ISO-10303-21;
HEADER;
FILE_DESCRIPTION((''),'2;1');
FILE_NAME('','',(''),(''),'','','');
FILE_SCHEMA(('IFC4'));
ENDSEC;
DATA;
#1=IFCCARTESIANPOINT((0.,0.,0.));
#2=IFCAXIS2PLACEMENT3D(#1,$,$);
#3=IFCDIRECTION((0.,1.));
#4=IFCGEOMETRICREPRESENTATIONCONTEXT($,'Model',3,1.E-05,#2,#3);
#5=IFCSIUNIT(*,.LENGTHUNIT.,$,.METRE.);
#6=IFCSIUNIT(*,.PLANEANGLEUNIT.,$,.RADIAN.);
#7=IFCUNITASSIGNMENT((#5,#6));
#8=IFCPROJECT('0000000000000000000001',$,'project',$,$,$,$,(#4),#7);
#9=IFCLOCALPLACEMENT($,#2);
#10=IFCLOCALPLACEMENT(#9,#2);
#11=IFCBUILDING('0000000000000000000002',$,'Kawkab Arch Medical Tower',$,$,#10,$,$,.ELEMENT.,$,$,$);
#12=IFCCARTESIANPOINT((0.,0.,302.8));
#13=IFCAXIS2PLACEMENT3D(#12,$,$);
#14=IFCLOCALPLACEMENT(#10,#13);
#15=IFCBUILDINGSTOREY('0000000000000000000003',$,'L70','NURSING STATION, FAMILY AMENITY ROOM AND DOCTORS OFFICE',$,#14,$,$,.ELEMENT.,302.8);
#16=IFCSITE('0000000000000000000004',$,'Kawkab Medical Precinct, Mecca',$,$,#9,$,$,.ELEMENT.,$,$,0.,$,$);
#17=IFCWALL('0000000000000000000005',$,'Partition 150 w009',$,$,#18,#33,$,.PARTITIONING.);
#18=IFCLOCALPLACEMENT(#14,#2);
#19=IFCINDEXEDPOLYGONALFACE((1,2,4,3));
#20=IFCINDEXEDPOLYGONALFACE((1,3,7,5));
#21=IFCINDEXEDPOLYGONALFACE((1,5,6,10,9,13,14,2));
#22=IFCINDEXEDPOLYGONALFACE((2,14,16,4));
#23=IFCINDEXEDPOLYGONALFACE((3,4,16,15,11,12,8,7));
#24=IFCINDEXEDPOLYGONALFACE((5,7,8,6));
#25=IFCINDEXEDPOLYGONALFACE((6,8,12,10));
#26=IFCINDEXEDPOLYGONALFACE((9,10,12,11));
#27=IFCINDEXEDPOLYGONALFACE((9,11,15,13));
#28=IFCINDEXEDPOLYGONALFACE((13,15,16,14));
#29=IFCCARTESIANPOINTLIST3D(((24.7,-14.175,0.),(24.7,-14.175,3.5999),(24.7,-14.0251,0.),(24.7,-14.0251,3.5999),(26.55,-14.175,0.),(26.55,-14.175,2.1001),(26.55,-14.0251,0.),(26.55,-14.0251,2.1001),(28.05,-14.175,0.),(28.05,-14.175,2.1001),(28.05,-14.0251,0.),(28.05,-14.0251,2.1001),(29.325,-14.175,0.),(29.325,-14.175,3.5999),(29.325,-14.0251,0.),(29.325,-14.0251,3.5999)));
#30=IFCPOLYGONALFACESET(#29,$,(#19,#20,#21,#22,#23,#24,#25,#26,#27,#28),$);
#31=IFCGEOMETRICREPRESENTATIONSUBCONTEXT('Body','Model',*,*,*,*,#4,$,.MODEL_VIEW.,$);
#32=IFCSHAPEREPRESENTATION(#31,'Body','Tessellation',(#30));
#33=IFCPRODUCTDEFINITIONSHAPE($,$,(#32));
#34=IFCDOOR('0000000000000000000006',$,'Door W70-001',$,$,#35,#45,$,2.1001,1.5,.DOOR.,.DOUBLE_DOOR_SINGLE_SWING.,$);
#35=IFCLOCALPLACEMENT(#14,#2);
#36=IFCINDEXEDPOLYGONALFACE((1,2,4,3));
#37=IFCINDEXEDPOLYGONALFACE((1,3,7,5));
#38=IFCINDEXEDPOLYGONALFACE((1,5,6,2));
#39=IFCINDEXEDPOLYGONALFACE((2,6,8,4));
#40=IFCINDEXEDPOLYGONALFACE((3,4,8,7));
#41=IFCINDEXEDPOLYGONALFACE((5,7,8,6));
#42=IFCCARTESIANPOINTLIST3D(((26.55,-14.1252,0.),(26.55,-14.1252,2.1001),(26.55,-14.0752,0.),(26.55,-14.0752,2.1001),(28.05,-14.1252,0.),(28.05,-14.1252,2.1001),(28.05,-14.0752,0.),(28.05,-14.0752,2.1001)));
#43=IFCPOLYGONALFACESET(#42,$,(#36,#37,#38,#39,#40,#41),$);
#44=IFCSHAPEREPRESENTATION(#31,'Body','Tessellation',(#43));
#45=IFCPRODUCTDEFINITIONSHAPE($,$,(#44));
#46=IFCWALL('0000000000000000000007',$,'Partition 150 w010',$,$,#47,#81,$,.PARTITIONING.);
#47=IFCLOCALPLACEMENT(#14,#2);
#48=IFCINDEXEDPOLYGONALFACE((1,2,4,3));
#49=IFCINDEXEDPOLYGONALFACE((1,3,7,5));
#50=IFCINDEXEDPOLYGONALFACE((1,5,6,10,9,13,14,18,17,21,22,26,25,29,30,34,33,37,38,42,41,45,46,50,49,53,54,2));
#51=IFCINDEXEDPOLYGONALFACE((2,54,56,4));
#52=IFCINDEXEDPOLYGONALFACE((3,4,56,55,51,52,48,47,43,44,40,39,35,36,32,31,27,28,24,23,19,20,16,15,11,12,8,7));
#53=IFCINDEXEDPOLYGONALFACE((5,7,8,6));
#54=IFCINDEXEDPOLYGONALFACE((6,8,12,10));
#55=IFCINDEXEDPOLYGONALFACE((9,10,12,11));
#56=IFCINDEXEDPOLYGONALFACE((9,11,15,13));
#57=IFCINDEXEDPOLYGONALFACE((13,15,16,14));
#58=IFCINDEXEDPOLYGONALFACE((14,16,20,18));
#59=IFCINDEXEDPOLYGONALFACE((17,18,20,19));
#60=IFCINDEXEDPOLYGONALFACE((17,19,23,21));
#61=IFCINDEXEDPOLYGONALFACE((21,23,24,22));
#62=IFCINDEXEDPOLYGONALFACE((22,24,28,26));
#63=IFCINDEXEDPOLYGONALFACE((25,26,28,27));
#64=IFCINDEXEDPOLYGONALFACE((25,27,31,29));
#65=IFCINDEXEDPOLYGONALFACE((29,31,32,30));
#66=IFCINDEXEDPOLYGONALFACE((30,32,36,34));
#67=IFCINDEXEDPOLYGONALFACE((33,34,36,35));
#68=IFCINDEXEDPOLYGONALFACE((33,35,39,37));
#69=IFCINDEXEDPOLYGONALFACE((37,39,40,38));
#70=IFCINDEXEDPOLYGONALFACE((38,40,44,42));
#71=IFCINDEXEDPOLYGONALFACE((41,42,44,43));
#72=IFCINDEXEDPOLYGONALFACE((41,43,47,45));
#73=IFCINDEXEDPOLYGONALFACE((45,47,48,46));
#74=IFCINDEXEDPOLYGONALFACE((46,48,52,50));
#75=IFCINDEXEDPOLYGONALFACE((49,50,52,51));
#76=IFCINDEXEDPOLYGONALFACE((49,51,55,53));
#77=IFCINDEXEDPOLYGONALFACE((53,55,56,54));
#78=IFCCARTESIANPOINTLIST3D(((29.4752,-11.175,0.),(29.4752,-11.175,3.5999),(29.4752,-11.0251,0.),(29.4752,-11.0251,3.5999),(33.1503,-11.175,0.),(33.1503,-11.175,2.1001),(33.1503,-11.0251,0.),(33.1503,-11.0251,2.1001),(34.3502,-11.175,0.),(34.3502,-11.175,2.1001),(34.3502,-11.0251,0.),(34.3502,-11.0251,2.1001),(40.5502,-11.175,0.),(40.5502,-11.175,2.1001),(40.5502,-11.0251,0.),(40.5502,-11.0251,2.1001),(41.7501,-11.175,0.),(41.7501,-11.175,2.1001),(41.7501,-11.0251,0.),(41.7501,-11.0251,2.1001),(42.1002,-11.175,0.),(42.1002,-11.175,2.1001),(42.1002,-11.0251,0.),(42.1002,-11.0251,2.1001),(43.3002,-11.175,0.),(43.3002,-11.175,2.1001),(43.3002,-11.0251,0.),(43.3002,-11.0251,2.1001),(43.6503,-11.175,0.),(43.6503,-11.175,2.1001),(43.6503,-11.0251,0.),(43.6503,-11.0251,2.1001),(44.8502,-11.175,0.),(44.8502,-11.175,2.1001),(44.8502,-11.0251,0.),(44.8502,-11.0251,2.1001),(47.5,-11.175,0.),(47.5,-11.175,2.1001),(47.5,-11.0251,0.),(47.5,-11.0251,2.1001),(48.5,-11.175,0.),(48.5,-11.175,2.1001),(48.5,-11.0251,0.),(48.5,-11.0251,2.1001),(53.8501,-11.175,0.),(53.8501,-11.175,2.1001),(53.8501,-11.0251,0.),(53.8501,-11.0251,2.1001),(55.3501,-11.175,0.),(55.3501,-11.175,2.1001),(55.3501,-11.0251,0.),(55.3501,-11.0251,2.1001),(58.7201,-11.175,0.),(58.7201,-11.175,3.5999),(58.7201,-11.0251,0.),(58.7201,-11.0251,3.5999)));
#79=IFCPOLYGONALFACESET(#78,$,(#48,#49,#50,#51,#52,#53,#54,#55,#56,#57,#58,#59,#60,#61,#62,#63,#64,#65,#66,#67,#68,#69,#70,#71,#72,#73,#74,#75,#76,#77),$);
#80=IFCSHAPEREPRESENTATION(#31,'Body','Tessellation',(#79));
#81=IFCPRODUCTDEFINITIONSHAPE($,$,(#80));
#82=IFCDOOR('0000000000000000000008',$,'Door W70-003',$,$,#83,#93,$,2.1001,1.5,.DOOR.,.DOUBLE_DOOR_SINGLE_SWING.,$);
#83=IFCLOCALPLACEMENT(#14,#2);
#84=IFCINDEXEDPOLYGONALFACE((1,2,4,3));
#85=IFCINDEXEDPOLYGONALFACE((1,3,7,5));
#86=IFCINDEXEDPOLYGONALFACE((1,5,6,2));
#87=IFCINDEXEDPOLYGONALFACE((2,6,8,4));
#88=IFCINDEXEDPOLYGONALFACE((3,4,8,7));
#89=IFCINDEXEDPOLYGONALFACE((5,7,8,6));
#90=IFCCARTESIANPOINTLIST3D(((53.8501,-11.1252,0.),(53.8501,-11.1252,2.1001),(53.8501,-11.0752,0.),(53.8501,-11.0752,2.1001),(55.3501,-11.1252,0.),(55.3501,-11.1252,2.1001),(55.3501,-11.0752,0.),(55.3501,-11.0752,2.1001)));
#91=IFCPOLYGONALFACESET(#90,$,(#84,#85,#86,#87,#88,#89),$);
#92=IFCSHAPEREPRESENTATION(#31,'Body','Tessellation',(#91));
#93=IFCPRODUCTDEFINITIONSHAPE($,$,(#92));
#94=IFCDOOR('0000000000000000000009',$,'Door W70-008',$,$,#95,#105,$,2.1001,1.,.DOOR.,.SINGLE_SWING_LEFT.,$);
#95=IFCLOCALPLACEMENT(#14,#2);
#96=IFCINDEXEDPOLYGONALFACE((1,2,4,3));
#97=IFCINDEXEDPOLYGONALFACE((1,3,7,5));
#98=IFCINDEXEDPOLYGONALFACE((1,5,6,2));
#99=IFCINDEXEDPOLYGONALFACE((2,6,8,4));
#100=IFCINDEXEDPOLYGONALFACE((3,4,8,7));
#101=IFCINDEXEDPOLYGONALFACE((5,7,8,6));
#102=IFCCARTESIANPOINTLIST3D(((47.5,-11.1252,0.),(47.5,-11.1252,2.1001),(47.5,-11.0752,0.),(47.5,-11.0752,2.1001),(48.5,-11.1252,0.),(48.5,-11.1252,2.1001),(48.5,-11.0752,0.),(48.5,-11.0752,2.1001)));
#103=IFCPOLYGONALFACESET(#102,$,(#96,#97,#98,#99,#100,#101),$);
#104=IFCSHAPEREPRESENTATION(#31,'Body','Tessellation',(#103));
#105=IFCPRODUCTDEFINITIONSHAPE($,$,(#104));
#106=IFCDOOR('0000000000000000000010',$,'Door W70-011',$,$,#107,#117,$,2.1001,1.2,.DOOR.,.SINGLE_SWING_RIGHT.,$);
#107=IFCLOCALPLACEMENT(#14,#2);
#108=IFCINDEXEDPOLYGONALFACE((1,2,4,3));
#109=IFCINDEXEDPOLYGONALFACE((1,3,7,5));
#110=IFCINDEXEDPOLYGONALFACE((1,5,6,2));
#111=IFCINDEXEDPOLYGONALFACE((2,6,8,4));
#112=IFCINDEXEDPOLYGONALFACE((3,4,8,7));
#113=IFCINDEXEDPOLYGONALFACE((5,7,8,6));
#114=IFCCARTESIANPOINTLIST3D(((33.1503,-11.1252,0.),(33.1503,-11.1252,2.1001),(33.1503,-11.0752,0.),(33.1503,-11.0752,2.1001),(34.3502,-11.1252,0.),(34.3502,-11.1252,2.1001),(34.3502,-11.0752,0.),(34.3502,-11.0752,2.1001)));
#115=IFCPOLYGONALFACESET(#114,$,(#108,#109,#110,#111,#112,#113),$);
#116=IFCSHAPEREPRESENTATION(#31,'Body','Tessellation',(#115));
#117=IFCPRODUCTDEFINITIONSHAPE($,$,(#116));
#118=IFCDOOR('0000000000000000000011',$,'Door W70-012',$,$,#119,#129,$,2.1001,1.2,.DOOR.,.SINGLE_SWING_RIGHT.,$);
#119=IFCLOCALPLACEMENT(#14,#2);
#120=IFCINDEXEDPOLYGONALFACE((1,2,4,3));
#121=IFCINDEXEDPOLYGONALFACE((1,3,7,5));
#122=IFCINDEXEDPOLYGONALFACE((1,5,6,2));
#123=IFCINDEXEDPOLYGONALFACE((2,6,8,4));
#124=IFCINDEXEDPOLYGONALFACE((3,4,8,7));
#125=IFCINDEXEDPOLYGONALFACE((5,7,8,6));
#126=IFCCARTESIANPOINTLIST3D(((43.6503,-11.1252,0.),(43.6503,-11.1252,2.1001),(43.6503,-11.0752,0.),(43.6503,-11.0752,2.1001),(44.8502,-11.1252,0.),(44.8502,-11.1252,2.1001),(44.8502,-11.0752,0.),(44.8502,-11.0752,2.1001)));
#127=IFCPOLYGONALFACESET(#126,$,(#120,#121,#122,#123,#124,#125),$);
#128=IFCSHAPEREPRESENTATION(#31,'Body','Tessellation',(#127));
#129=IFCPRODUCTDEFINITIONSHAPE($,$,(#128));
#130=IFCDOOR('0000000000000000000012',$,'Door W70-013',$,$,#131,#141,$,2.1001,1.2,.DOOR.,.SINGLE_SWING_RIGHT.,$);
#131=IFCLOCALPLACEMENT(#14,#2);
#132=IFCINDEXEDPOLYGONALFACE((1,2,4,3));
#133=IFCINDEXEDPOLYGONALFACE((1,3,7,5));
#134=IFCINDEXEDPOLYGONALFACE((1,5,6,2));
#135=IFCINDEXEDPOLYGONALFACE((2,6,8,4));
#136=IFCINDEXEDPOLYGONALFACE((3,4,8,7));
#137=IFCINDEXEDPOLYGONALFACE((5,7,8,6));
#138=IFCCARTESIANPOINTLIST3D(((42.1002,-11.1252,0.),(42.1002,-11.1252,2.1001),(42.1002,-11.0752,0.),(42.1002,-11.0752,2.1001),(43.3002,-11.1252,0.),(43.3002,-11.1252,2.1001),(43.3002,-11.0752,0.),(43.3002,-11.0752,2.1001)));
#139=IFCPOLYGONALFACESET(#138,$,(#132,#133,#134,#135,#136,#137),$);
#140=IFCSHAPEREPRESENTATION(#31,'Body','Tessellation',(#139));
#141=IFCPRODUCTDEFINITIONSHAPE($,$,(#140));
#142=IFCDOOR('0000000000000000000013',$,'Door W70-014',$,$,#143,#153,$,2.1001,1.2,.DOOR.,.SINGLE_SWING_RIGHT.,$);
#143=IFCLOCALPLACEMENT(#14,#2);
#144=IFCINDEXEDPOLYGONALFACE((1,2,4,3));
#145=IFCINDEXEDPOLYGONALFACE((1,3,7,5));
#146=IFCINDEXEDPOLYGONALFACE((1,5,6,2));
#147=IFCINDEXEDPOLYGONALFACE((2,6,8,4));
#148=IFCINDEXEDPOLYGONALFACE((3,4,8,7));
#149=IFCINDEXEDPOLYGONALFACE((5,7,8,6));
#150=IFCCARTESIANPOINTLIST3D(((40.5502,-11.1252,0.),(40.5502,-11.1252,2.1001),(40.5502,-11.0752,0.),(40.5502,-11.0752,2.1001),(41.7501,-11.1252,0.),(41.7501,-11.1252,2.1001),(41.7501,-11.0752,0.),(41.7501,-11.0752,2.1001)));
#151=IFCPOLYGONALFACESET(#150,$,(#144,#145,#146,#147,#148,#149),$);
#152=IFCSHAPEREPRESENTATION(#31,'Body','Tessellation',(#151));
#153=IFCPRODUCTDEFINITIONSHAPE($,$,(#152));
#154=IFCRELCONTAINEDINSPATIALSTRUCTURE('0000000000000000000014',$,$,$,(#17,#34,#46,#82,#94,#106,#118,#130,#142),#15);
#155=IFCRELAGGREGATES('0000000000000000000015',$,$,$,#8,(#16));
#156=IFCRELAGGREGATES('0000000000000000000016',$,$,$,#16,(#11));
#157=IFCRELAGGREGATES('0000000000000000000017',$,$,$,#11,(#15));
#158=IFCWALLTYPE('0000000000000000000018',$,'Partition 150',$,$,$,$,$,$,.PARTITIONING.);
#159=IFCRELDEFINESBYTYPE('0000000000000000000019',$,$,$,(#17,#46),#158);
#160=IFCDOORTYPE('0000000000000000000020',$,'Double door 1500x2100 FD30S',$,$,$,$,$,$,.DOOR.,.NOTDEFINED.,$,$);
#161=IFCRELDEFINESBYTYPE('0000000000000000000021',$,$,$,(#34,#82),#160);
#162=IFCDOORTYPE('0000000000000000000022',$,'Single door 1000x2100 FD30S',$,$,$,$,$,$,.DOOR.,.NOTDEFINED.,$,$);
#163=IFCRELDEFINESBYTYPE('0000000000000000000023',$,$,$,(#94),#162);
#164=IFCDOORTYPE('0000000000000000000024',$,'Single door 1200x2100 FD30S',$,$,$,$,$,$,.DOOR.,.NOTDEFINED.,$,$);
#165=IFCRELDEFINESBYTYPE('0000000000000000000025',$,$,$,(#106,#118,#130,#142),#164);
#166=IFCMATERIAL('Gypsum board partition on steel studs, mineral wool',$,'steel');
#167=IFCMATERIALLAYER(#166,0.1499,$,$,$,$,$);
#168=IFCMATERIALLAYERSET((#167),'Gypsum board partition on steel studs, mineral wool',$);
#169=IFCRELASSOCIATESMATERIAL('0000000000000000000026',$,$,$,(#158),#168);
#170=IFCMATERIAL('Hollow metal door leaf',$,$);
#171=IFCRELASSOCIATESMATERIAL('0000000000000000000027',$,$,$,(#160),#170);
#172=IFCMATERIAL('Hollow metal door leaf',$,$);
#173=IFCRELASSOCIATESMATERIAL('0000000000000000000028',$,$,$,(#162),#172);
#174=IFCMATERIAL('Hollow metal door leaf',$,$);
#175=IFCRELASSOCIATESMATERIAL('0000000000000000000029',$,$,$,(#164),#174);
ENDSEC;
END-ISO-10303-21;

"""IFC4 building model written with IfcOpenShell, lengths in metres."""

from ifc_helpers import new_model, si_unit, direction, frame, frame_2d, origin, place, context, subcontext, project, spatial, rectangle, extrude, material, layer, layer_set, type_object, element, fill, save


model = new_model("IFC4")

# Units and contexts
model_context = context("Model", 3, precision=1e-05, world=origin(), true_north=direction((0.0, 1.0)))
body_context = subcontext(model_context, "Body", "Model", "MODEL_VIEW")
ifc_project = project(units=[si_unit("LENGTHUNIT", "METRE"), si_unit("PLANEANGLEUNIT", "RADIAN")], contexts=[model_context])

# Site, building, storey
site_placement = place(None, origin())
site = spatial("IfcSite", under=ifc_project, at=site_placement, Name="Kawkab Medical Precinct, Mecca", CompositionType="ELEMENT", RefElevation=0.0)
building_placement = place(site_placement, origin())
building = spatial("IfcBuilding", under=site, at=building_placement, Name="Kawkab Arch Medical Tower", CompositionType="ELEMENT")
storey_placement = place(building_placement, frame((0.0, 0.0, 302.8)))
storey = spatial("IfcBuildingStorey", under=building, at=storey_placement, Name="L70", Description="NURSING STATION, FAMILY AMENITY ROOM AND DOCTORS OFFICE", CompositionType="ELEMENT", Elevation=302.8)

# Wall, opening, door
ifc_material_1 = material(Name="Gypsum board partition on steel studs, mineral wool", Category="steel")
ifc_layer_1 = layer(ifc_material_1, 0.1499)
ifc_layer_set_1 = layer_set([ifc_layer_1], Name="Gypsum board partition on steel studs, mineral wool")
wall_type_1 = type_object("IfcWallType", Name="Partition 150", PredefinedType="PARTITIONING", material=ifc_layer_set_1)
wall_1_placement = place(storey_placement, frame((24.7, -14.1001, 0.0), z_axis=(0.0, 0.0, 1.0), x_axis=(1.0, 0.0, 0.0)))
wall_1 = element("IfcWall", 1, at=wall_1_placement, inside=storey, type_object=wall_type_1, Name="Partition 150 w009", PredefinedType="PARTITIONING", context=body_context, shape_type="SweptSolid", body=[
    extrude(rectangle(XDim=4.625, YDim=0.1499, at=frame_2d((2.3125, 0.0))), origin(), (0.0, 0.0, 1.0), 3.5999),
])
opening_1_placement = place(wall_1_placement, frame((1.8501, 0.0, 0.0)))
opening_1 = element("IfcOpeningElement", 2, at=opening_1_placement, cuts=wall_1, PredefinedType="OPENING", context=body_context, shape_type="SweptSolid", body=[
    extrude(rectangle(XDim=1.5, YDim=2.1001, at=frame_2d((0.75, 1.05))), frame((0.0, 0.085, 0.0), z_axis=(0.0, -1.0, 0.0), x_axis=(1.0, 0.0, 0.0)), (0.0, 0.0, 1.0), 0.1699),
])
ifc_material_2 = material(Name="Hollow metal door leaf")
door_type_1 = type_object("IfcDoorType", Name="Double door 1500x2100 FD30S", OperationType="NOTDEFINED", PredefinedType="DOOR", material=ifc_material_2)
door_1_placement = place(opening_1_placement, origin())
door_1 = element("IfcDoor", 3, at=door_1_placement, inside=storey, type_object=door_type_1, Name="Door W70-001", OperationType="DOUBLE_DOOR_SINGLE_SWING", OverallHeight=2.1001, OverallWidth=1.5, PredefinedType="DOOR", context=body_context, shape_type="SweptSolid", body=[
    extrude(rectangle(XDim=1.5, YDim=2.1001, at=frame_2d((0.75, 1.05))), frame((0.0, 0.0249, 0.0), z_axis=(0.0, -1.0, 0.0), x_axis=(1.0, 0.0, 0.0)), (0.0, 0.0, 1.0), 0.05),
])
fill(opening_1, door_1)

# Wall, openings, doors
wall_2_placement = place(storey_placement, frame((29.4751, -11.1001, 0.0), z_axis=(0.0, 0.0, 1.0), x_axis=(1.0, 0.0, 0.0)))
wall_2 = element("IfcWall", 4, at=wall_2_placement, inside=storey, type_object=wall_type_1, Name="Partition 150 w010", PredefinedType="PARTITIONING", context=body_context, shape_type="SweptSolid", body=[
    extrude(rectangle(XDim=29.2449, YDim=0.1499, at=frame_2d((14.6226, 0.0))), origin(), (0.0, 0.0, 1.0), 3.5999),
])
opening_2_placement = place(wall_2_placement, frame((3.675, 0.0, 0.0)))
opening_2 = element("IfcOpeningElement", 5, at=opening_2_placement, cuts=wall_2, PredefinedType="OPENING", context=body_context, shape_type="SweptSolid", body=[
    extrude(rectangle(XDim=1.2, YDim=2.1001, at=frame_2d((0.6001, 1.05))), frame((0.0, 0.085, 0.0), z_axis=(0.0, -1.0, 0.0), x_axis=(1.0, 0.0, 0.0)), (0.0, 0.0, 1.0), 0.1699),
])
opening_3_placement = place(wall_2_placement, frame((14.175, 0.0, 0.0)))
opening_3 = element("IfcOpeningElement", 6, at=opening_3_placement, cuts=wall_2, PredefinedType="OPENING", context=body_context, shape_type="SweptSolid", body=[
    extrude(rectangle(XDim=1.2, YDim=2.1001, at=frame_2d((0.6001, 1.05))), frame((0.0, 0.085, 0.0), z_axis=(0.0, -1.0, 0.0), x_axis=(1.0, 0.0, 0.0)), (0.0, 0.0, 1.0), 0.1699),
])
opening_4_placement = place(wall_2_placement, frame((12.625, 0.0, 0.0)))
opening_4 = element("IfcOpeningElement", 7, at=opening_4_placement, cuts=wall_2, PredefinedType="OPENING", context=body_context, shape_type="SweptSolid", body=[
    extrude(rectangle(XDim=1.2, YDim=2.1001, at=frame_2d((0.6001, 1.05))), frame((0.0, 0.085, 0.0), z_axis=(0.0, -1.0, 0.0), x_axis=(1.0, 0.0, 0.0)), (0.0, 0.0, 1.0), 0.1699),
])
opening_5_placement = place(wall_2_placement, frame((11.075, 0.0, 0.0)))
opening_5 = element("IfcOpeningElement", 8, at=opening_5_placement, cuts=wall_2, PredefinedType="OPENING", context=body_context, shape_type="SweptSolid", body=[
    extrude(rectangle(XDim=1.2, YDim=2.1001, at=frame_2d((0.6001, 1.05))), frame((0.0, 0.085, 0.0), z_axis=(0.0, -1.0, 0.0), x_axis=(1.0, 0.0, 0.0)), (0.0, 0.0, 1.0), 0.1699),
])
opening_6_placement = place(wall_2_placement, frame((18.0249, 0.0, 0.0)))
opening_6 = element("IfcOpeningElement", 9, at=opening_6_placement, cuts=wall_2, PredefinedType="OPENING", context=body_context, shape_type="SweptSolid", body=[
    extrude(rectangle(XDim=1.0, YDim=2.1001, at=frame_2d((0.5, 1.05))), frame((0.0, 0.085, 0.0), z_axis=(0.0, -1.0, 0.0), x_axis=(1.0, 0.0, 0.0)), (0.0, 0.0, 1.0), 0.1699),
])
opening_7_placement = place(wall_2_placement, frame((24.375, 0.0, 0.0)))
opening_7 = element("IfcOpeningElement", 10, at=opening_7_placement, cuts=wall_2, PredefinedType="OPENING", context=body_context, shape_type="SweptSolid", body=[
    extrude(rectangle(XDim=1.5, YDim=2.1001, at=frame_2d((0.75, 1.05))), frame((0.0, 0.085, 0.0), z_axis=(0.0, -1.0, 0.0), x_axis=(1.0, 0.0, 0.0)), (0.0, 0.0, 1.0), 0.1699),
])
door_2_placement = place(opening_7_placement, origin())
door_2 = element("IfcDoor", 11, at=door_2_placement, inside=storey, type_object=door_type_1, Name="Door W70-003", OperationType="DOUBLE_DOOR_SINGLE_SWING", OverallHeight=2.1001, OverallWidth=1.5, PredefinedType="DOOR", context=body_context, shape_type="SweptSolid", body=[
    extrude(rectangle(XDim=1.5, YDim=2.1001, at=frame_2d((0.75, 1.05))), frame((0.0, 0.0249, 0.0), z_axis=(0.0, -1.0, 0.0), x_axis=(1.0, 0.0, 0.0)), (0.0, 0.0, 1.0), 0.05),
])
fill(opening_7, door_2)
ifc_material_3 = material(Name="Hollow metal door leaf")
door_type_2 = type_object("IfcDoorType", Name="Single door 1000x2100 FD30S", OperationType="NOTDEFINED", PredefinedType="DOOR", material=ifc_material_3)
door_3_placement = place(opening_6_placement, origin())
door_3 = element("IfcDoor", 12, at=door_3_placement, inside=storey, type_object=door_type_2, Name="Door W70-008", OperationType="SINGLE_SWING_LEFT", OverallHeight=2.1001, OverallWidth=1.0, PredefinedType="DOOR", context=body_context, shape_type="SweptSolid", body=[
    extrude(rectangle(XDim=1.0, YDim=2.1001, at=frame_2d((0.5, 1.05))), frame((0.0, 0.0249, 0.0), z_axis=(0.0, -1.0, 0.0), x_axis=(1.0, 0.0, 0.0)), (0.0, 0.0, 1.0), 0.05),
])
fill(opening_6, door_3)
ifc_material_4 = material(Name="Hollow metal door leaf")
door_type_3 = type_object("IfcDoorType", Name="Single door 1200x2100 FD30S", OperationType="NOTDEFINED", PredefinedType="DOOR", material=ifc_material_4)
door_4_placement = place(opening_2_placement, origin())
door_4 = element("IfcDoor", 13, at=door_4_placement, inside=storey, type_object=door_type_3, Name="Door W70-011", OperationType="SINGLE_SWING_RIGHT", OverallHeight=2.1001, OverallWidth=1.2, PredefinedType="DOOR", context=body_context, shape_type="SweptSolid", body=[
    extrude(rectangle(XDim=1.2, YDim=2.1001, at=frame_2d((0.6001, 1.05))), frame((0.0, 0.0249, 0.0), z_axis=(0.0, -1.0, 0.0), x_axis=(1.0, 0.0, 0.0)), (0.0, 0.0, 1.0), 0.05),
])
fill(opening_2, door_4)
door_5_placement = place(opening_3_placement, origin())
door_5 = element("IfcDoor", 14, at=door_5_placement, inside=storey, type_object=door_type_3, Name="Door W70-012", OperationType="SINGLE_SWING_RIGHT", OverallHeight=2.1001, OverallWidth=1.2, PredefinedType="DOOR", context=body_context, shape_type="SweptSolid", body=[
    extrude(rectangle(XDim=1.2, YDim=2.1001, at=frame_2d((0.6001, 1.05))), frame((0.0, 0.0249, 0.0), z_axis=(0.0, -1.0, 0.0), x_axis=(1.0, 0.0, 0.0)), (0.0, 0.0, 1.0), 0.05),
])
fill(opening_3, door_5)
door_6_placement = place(opening_4_placement, origin())
door_6 = element("IfcDoor", 15, at=door_6_placement, inside=storey, type_object=door_type_3, Name="Door W70-013", OperationType="SINGLE_SWING_RIGHT", OverallHeight=2.1001, OverallWidth=1.2, PredefinedType="DOOR", context=body_context, shape_type="SweptSolid", body=[
    extrude(rectangle(XDim=1.2, YDim=2.1001, at=frame_2d((0.6001, 1.05))), frame((0.0, 0.0249, 0.0), z_axis=(0.0, -1.0, 0.0), x_axis=(1.0, 0.0, 0.0)), (0.0, 0.0, 1.0), 0.05),
])
fill(opening_4, door_6)
door_7_placement = place(opening_5_placement, origin())
door_7 = element("IfcDoor", 16, at=door_7_placement, inside=storey, type_object=door_type_3, Name="Door W70-014", OperationType="SINGLE_SWING_RIGHT", OverallHeight=2.1001, OverallWidth=1.2, PredefinedType="DOOR", context=body_context, shape_type="SweptSolid", body=[
    extrude(rectangle(XDim=1.2, YDim=2.1001, at=frame_2d((0.6001, 1.05))), frame((0.0, 0.0249, 0.0), z_axis=(0.0, -1.0, 0.0), x_axis=(1.0, 0.0, 0.0)), (0.0, 0.0, 1.0), 0.05),
])
fill(opening_5, door_7)

save(model, "model.ifc")
